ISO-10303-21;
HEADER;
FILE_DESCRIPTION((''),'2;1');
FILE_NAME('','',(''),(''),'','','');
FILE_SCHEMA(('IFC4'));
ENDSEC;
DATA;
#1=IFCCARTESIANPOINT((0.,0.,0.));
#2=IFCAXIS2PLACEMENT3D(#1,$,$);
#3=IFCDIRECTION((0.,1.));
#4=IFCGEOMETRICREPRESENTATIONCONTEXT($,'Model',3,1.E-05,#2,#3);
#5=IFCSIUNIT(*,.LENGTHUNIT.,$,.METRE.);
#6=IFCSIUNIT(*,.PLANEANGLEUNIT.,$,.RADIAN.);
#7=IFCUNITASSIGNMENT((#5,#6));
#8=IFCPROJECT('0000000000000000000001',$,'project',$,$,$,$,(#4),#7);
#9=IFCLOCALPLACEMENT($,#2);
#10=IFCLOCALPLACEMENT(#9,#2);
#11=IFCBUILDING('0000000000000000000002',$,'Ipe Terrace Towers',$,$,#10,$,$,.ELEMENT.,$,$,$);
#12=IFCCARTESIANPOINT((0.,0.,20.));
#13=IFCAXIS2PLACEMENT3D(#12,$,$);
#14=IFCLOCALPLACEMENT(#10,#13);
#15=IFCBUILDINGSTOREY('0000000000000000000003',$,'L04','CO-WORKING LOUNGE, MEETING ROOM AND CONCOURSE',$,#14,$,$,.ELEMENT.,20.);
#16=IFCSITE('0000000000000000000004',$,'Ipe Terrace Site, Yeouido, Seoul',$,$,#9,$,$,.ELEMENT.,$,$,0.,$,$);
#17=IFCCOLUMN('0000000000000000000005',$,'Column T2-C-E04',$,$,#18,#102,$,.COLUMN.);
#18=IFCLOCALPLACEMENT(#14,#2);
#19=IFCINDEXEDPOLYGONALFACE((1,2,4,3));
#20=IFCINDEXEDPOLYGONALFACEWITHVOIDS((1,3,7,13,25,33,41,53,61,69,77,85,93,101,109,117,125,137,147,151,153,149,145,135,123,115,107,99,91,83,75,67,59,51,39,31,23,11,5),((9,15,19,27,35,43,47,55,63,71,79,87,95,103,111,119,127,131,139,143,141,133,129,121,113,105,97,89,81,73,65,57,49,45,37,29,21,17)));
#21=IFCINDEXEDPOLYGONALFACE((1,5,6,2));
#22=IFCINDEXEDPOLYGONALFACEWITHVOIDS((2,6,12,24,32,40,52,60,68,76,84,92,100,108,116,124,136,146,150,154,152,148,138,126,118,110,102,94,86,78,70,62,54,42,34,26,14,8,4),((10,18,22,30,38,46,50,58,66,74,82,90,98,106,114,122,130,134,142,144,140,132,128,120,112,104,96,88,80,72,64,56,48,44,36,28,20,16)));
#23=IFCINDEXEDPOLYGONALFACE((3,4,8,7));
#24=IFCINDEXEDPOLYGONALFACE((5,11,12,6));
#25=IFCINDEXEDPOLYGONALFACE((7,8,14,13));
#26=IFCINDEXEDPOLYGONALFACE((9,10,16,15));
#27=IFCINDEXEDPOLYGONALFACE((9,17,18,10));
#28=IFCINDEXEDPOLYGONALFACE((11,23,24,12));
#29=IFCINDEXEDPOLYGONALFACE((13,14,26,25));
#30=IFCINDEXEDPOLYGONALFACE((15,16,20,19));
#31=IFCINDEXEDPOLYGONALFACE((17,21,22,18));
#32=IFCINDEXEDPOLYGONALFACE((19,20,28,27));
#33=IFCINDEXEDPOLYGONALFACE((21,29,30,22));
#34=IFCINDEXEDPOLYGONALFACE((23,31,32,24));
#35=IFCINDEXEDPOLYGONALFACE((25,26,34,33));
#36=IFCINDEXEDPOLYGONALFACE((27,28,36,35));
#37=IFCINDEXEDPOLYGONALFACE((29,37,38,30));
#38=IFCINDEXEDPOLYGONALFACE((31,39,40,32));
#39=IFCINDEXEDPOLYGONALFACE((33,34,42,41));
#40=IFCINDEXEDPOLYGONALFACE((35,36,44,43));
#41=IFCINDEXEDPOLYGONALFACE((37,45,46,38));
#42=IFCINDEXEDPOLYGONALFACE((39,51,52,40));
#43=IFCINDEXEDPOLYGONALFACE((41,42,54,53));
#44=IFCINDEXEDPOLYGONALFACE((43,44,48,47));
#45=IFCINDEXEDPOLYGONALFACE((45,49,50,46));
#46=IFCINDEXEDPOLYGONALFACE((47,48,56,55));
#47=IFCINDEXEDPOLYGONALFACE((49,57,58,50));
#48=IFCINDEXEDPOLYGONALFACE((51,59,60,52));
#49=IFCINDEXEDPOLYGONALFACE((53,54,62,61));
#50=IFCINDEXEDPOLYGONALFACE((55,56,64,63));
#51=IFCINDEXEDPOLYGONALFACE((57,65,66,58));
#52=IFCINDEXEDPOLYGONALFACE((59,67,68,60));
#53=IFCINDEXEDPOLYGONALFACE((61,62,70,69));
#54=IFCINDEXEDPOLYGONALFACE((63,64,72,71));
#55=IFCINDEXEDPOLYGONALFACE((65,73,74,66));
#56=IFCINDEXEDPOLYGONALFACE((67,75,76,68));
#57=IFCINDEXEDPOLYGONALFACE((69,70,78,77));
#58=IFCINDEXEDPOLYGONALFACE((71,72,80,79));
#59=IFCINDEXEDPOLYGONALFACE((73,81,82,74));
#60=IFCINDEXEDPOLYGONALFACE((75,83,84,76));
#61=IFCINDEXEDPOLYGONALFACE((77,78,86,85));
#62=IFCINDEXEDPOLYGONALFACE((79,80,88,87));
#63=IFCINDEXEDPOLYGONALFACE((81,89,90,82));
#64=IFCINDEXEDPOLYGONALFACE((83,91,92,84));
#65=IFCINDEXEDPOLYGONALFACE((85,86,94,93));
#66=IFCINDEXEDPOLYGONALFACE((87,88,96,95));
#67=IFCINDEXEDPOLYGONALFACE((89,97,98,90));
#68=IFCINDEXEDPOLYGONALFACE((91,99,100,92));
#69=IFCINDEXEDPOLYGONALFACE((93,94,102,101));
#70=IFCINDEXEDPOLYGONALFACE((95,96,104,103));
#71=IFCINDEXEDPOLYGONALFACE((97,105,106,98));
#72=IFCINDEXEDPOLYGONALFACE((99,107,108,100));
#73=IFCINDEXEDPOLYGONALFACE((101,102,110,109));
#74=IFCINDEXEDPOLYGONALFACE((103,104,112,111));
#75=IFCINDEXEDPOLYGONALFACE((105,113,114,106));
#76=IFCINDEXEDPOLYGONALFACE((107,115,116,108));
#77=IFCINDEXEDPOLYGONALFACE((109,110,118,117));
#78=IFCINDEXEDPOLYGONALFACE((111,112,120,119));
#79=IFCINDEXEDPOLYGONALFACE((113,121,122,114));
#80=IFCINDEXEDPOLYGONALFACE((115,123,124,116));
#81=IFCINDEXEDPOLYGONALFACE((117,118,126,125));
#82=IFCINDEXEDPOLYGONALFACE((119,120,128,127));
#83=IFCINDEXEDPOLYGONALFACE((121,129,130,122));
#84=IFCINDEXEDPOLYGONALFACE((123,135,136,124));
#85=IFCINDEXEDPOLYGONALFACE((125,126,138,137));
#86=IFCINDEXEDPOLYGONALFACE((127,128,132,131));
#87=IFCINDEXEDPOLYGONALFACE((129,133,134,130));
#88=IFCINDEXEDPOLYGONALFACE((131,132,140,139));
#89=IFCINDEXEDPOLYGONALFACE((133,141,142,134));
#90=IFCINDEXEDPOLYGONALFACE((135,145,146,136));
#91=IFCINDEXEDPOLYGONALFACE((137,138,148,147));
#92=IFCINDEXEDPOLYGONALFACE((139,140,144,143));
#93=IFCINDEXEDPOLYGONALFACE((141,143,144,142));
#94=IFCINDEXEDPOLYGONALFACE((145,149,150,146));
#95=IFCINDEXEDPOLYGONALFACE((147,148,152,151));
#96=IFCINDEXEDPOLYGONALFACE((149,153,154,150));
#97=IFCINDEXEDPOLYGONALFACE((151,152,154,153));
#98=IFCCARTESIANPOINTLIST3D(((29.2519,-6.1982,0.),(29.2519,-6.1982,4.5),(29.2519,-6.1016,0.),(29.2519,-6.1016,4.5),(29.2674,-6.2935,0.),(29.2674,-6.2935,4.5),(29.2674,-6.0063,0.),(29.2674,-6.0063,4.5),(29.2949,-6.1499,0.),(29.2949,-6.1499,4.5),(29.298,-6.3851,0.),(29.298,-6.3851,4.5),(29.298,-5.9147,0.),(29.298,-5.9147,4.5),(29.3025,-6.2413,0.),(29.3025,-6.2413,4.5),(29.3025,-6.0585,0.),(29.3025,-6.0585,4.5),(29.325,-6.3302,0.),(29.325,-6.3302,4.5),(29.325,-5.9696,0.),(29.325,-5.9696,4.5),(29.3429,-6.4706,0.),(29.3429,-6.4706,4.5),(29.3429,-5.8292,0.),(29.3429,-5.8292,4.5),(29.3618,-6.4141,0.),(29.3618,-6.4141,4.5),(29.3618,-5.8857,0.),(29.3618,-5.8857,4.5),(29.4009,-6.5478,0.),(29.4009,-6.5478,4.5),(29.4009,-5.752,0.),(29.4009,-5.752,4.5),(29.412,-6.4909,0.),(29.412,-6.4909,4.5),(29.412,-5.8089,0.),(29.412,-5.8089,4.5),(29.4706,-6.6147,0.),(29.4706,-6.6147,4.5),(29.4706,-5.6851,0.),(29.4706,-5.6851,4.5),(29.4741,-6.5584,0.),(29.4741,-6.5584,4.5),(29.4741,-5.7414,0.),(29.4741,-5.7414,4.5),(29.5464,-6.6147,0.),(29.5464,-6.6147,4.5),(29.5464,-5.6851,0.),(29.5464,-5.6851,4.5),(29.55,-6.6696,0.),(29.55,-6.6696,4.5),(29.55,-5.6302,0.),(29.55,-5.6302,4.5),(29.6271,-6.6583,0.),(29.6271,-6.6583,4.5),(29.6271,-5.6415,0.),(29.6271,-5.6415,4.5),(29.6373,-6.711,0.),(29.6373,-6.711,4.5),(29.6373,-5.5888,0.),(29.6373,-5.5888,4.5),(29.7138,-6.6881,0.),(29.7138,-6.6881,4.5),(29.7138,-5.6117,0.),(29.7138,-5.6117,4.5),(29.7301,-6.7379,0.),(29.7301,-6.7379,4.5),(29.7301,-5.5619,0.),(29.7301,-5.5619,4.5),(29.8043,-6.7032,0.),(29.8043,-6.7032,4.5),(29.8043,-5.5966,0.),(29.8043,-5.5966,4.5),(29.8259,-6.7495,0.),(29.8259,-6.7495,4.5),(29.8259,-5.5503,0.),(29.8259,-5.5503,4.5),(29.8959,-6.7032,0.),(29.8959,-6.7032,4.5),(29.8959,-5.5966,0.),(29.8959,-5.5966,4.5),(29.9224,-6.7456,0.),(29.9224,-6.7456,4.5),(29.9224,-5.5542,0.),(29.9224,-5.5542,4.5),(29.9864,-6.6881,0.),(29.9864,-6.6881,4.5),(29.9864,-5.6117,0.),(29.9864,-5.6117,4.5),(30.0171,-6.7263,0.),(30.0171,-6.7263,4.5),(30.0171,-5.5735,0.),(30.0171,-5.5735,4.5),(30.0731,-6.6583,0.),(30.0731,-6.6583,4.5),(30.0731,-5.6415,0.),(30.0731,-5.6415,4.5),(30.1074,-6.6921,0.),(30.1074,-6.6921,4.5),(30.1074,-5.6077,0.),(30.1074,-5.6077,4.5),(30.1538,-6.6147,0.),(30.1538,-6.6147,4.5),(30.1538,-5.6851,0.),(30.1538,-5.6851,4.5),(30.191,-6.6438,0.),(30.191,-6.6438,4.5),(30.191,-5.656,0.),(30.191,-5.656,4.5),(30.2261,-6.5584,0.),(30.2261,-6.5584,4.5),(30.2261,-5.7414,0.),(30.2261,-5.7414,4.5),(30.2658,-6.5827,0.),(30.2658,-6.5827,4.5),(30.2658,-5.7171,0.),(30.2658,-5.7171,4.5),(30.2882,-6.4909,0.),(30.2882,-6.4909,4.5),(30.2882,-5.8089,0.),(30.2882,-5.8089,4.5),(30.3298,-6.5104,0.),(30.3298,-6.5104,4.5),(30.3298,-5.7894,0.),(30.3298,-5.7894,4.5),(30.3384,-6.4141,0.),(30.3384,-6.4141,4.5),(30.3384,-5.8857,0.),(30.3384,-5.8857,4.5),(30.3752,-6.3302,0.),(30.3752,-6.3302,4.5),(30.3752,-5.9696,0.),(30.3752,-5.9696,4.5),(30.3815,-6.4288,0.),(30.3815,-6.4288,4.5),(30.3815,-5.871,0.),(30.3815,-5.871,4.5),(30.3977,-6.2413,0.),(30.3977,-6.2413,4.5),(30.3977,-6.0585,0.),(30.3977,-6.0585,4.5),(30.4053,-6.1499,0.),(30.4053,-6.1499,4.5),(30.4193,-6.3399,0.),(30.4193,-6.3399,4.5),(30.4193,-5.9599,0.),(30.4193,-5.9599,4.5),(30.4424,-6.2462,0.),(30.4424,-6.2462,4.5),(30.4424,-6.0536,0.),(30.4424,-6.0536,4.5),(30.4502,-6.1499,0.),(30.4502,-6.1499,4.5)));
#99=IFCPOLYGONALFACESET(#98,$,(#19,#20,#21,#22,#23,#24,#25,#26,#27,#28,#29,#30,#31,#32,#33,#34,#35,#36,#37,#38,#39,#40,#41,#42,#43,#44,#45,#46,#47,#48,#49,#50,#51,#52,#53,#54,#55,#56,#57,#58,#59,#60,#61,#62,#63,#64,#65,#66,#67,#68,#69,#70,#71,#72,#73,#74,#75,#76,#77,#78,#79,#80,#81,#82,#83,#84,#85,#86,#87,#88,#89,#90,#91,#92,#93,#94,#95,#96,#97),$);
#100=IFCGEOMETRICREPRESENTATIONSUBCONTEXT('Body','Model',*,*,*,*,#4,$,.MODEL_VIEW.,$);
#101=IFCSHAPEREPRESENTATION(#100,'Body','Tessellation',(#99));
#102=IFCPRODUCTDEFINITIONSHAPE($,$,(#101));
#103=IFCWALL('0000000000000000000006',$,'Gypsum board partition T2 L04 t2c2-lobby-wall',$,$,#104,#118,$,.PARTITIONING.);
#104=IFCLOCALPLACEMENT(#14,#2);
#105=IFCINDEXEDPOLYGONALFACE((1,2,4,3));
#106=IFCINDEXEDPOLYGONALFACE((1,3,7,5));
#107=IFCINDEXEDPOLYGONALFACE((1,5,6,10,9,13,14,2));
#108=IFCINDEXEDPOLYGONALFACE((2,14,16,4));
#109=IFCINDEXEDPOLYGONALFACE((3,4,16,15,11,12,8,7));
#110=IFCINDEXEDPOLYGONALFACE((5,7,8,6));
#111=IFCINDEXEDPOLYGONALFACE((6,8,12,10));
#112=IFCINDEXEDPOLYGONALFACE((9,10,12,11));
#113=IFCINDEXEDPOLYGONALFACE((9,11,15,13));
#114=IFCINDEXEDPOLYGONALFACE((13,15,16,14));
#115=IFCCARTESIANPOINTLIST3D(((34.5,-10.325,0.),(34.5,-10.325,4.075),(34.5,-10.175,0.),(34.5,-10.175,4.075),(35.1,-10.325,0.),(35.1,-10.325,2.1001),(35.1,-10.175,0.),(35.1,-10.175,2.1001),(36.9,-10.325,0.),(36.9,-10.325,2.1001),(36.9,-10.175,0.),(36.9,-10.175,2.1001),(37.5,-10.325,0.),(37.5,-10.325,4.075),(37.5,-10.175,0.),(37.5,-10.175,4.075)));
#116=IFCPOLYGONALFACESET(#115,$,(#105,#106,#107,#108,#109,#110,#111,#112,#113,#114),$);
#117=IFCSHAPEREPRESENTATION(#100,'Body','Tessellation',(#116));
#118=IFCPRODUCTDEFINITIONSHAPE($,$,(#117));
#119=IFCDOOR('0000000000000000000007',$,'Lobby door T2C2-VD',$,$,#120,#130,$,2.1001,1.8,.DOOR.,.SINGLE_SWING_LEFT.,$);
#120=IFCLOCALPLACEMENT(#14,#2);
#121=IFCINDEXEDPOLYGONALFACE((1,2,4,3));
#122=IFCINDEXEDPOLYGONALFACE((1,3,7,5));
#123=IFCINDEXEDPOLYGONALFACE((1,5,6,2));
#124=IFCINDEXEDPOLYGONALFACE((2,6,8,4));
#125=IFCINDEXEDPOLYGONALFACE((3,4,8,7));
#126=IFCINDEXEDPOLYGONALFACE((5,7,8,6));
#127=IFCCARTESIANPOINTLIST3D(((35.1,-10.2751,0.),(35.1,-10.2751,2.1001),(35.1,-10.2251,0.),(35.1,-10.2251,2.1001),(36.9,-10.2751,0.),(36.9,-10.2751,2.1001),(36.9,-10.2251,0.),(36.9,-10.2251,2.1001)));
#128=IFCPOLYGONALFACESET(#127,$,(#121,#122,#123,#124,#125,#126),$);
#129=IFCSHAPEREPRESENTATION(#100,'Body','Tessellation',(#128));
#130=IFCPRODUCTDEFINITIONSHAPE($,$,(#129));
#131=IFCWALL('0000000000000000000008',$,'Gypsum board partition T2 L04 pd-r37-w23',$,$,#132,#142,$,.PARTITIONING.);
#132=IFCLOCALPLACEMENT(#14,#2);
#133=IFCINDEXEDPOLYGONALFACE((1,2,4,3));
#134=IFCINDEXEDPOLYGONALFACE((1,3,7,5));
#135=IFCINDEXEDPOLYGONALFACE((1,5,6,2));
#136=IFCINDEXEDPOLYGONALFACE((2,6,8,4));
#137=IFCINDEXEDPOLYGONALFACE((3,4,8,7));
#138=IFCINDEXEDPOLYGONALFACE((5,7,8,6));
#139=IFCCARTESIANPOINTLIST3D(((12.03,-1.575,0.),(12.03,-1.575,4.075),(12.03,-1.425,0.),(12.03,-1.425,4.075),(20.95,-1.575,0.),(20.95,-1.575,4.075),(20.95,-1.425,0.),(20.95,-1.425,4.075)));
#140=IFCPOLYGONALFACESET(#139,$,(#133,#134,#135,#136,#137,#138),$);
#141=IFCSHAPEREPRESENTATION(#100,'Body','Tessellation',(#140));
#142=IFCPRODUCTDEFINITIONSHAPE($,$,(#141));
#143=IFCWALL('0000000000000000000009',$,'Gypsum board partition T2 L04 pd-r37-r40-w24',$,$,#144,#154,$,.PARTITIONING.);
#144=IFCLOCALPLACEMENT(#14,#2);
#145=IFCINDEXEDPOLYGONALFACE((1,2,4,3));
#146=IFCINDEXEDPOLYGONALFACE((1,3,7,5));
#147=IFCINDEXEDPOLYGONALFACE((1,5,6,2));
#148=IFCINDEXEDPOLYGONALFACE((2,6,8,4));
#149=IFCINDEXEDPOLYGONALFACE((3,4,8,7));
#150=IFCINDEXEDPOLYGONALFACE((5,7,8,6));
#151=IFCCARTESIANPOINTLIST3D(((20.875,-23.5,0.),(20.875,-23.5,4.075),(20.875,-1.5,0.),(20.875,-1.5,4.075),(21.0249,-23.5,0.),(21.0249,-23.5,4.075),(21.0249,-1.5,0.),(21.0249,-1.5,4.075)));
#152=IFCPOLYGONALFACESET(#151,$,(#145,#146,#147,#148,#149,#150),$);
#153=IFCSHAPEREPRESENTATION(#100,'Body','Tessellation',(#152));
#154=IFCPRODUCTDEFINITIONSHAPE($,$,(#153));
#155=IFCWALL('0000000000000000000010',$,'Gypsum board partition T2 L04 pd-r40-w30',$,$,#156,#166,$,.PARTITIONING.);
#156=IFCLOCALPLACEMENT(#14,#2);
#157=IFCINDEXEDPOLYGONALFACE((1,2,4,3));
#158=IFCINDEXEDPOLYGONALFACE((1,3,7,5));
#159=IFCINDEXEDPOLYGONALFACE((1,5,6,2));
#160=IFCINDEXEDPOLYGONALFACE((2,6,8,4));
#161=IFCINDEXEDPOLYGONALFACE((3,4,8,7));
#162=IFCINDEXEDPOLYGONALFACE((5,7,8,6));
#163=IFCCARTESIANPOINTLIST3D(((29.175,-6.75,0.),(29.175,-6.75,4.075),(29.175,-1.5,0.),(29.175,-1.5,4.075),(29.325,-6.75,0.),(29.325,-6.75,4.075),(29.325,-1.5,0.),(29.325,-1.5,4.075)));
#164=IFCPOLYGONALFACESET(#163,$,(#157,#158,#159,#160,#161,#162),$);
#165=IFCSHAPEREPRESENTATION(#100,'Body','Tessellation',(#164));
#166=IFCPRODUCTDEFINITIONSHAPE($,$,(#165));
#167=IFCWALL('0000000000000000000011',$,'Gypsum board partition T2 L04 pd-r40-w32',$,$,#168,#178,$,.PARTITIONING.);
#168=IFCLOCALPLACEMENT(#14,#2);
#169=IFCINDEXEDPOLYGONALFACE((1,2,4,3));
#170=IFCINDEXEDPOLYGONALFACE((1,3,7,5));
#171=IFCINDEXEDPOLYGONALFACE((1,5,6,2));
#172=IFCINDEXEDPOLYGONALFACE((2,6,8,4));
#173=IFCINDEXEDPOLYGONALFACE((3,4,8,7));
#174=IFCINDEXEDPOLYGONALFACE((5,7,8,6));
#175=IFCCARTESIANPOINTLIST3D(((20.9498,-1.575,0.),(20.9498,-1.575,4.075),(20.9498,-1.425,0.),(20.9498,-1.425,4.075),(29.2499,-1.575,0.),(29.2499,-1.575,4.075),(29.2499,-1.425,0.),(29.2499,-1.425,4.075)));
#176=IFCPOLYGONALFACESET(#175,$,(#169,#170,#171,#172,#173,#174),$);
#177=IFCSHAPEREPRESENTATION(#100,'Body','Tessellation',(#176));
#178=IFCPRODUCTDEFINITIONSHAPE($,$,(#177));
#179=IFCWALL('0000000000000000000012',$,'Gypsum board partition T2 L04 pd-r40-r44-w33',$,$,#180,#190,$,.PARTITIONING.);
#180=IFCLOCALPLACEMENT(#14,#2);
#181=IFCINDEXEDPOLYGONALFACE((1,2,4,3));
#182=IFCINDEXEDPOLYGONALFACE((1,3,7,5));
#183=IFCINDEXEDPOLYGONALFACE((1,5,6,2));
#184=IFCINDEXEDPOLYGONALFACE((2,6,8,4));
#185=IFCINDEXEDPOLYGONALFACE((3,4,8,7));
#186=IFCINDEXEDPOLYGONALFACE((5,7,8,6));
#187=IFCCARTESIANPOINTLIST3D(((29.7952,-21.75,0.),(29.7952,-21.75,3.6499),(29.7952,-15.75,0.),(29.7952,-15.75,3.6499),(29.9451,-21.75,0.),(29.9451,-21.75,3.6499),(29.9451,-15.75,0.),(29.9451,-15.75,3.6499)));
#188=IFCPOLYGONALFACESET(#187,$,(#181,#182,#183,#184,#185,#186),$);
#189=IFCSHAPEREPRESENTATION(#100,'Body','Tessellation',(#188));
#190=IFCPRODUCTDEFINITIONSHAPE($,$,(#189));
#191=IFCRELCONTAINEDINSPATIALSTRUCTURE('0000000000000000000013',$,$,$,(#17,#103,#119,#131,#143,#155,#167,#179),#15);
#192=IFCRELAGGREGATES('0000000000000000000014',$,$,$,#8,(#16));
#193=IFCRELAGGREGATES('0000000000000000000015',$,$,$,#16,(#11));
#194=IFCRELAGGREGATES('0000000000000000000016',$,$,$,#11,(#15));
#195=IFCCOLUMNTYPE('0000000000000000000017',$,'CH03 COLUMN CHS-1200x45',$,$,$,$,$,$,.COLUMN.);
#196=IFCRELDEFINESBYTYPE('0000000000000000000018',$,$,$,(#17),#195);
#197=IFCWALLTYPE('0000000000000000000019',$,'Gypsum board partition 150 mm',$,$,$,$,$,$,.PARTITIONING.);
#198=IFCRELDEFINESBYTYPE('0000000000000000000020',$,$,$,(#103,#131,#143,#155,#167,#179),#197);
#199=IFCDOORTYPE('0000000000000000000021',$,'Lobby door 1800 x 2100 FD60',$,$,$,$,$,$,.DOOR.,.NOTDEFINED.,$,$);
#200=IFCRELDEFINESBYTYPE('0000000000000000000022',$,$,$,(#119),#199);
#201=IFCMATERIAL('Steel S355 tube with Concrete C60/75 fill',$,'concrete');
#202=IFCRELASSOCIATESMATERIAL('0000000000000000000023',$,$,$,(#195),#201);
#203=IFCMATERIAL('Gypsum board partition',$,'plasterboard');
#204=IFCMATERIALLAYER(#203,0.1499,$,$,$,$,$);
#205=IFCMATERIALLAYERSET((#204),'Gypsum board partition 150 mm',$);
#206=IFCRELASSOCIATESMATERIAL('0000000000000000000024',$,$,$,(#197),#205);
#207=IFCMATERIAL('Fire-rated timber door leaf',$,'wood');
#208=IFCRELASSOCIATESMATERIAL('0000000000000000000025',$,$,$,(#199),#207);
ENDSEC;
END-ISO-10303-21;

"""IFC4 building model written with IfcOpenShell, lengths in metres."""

from ifc_helpers import new_model, si_unit, direction, frame, frame_2d, origin, origin_2d, place, context, subcontext, project, spatial, rectangle, hollow_circle, extrude, material, layer, layer_set, material_profile, profile_set, type_object, element, fill, save


model = new_model("IFC4")

# Units and contexts
model_context = context("Model", 3, precision=1e-05, world=origin(), true_north=direction((0.0, 1.0)))
body_context = subcontext(model_context, "Body", "Model", "MODEL_VIEW")
ifc_project = project(units=[si_unit("LENGTHUNIT", "METRE"), si_unit("PLANEANGLEUNIT", "RADIAN")], contexts=[model_context])

# Site, building, storey
site_placement = place(None, origin())
site = spatial("IfcSite", under=ifc_project, at=site_placement, Name="Ipe Terrace Site, Yeouido, Seoul", CompositionType="ELEMENT", RefElevation=0.0)
building_placement = place(site_placement, origin())
building = spatial("IfcBuilding", under=site, at=building_placement, Name="Ipe Terrace Towers", CompositionType="ELEMENT")
storey_placement = place(building_placement, frame((0.0, 0.0, 20.0)))
storey = spatial("IfcBuildingStorey", under=building, at=storey_placement, Name="L04", Description="CO-WORKING LOUNGE, MEETING ROOM AND CONCOURSE", CompositionType="ELEMENT", Elevation=20.0)

# Column
ifc_material_1 = material(Name="Steel S355 tube with Concrete C60/75 fill", Category="concrete")
ifc_material_profile_1 = material_profile(ifc_material_1, hollow_circle(Radius=0.6001, WallThickness=0.0449, at=origin_2d()), Name="CHS-1200x45")
ifc_profile_set_1 = profile_set([ifc_material_profile_1], Name="Steel S355 tube with Concrete C60/75 fill")
column_type_1 = type_object("IfcColumnType", Name="CH03 COLUMN CHS-1200x45", PredefinedType="COLUMN", material=ifc_profile_set_1)
column_placement = place(storey_placement, frame((29.8501, -6.1499, 0.0), z_axis=(0.0, 0.0, 1.0), x_axis=(1.0, 0.0, 0.0)))
element("IfcColumn", 1, at=column_placement, inside=storey, type_object=column_type_1, Name="Column T2-C-E04", PredefinedType="COLUMN", context=body_context, shape_type="SweptSolid", body=[
    extrude(hollow_circle(Radius=0.6001, WallThickness=0.0449, at=origin_2d()), origin(), (0.0, 0.0, 1.0), 4.5),
])

# Wall, opening, door
ifc_material_2 = material(Name="Gypsum board partition", Category="plasterboard")
ifc_layer_1 = layer(ifc_material_2, 0.1499)
ifc_layer_set_1 = layer_set([ifc_layer_1], Name="Gypsum board partition 150 mm")
wall_type_1 = type_object("IfcWallType", Name="Gypsum board partition 150 mm", PredefinedType="PARTITIONING", material=ifc_layer_set_1)
wall_1_placement = place(storey_placement, frame((34.5, -10.25, 0.0), z_axis=(0.0, 0.0, 1.0), x_axis=(1.0, 0.0, 0.0)))
wall_1 = element("IfcWall", 2, at=wall_1_placement, inside=storey, type_object=wall_type_1, Name="Gypsum board partition T2 L04 t2c2-lobby-wall", PredefinedType="PARTITIONING", context=body_context, shape_type="SweptSolid", body=[
    extrude(rectangle(XDim=3.0, YDim=0.1499, at=frame_2d((1.5, 0.0))), origin(), (0.0, 0.0, 1.0), 4.075),
])
opening_1_placement = place(wall_1_placement, frame((0.6001, 0.0, 0.0)))
opening_1 = element("IfcOpeningElement", 3, at=opening_1_placement, cuts=wall_1, PredefinedType="OPENING", context=body_context, shape_type="SweptSolid", body=[
    extrude(rectangle(XDim=1.8, YDim=2.1001, at=frame_2d((0.8999, 1.05))), frame((0.0, 0.085, 0.0), z_axis=(0.0, -1.0, 0.0), x_axis=(1.0, 0.0, 0.0)), (0.0, 0.0, 1.0), 0.1699),
])
ifc_material_3 = material(Name="Fire-rated timber door leaf", Category="wood")
door_type_1 = type_object("IfcDoorType", Name="Lobby door 1800 x 2100 FD60", OperationType="NOTDEFINED", PredefinedType="DOOR", material=ifc_material_3)
door_1_placement = place(opening_1_placement, origin())
door_1 = element("IfcDoor", 4, at=door_1_placement, inside=storey, type_object=door_type_1, Name="Lobby door T2C2-VD", OperationType="SINGLE_SWING_LEFT", OverallHeight=2.1001, OverallWidth=1.8, PredefinedType="DOOR", context=body_context, shape_type="SweptSolid", body=[
    extrude(rectangle(XDim=1.8, YDim=2.1001, at=frame_2d((0.8999, 1.05))), frame((0.0, 0.0249, 0.0), z_axis=(0.0, -1.0, 0.0), x_axis=(1.0, 0.0, 0.0)), (0.0, 0.0, 1.0), 0.05),
])
fill(opening_1, door_1)

# Walls
wall_2_placement = place(storey_placement, frame((12.03, -1.5, 0.0), z_axis=(0.0, 0.0, 1.0), x_axis=(1.0, 0.0, 0.0)))
element("IfcWall", 5, at=wall_2_placement, inside=storey, type_object=wall_type_1, Name="Gypsum board partition T2 L04 pd-r37-w23", PredefinedType="PARTITIONING", context=body_context, shape_type="SweptSolid", body=[
    extrude(rectangle(XDim=8.9199, YDim=0.1499, at=frame_2d((4.46, 0.0))), origin(), (0.0, 0.0, 1.0), 4.075),
])
wall_3_placement = place(storey_placement, frame((20.95, -1.5, 0.0), z_axis=(0.0, 0.0, 1.0), x_axis=(0.0, -1.0, 0.0)))
element("IfcWall", 6, at=wall_3_placement, inside=storey, type_object=wall_type_1, Name="Gypsum board partition T2 L04 pd-r37-r40-w24", PredefinedType="PARTITIONING", context=body_context, shape_type="SweptSolid", body=[
    extrude(rectangle(XDim=22.0, YDim=0.1499, at=frame_2d((11.0, 0.0))), origin(), (0.0, 0.0, 1.0), 4.075),
])
wall_4_placement = place(storey_placement, frame((29.25, -1.5, 0.0), z_axis=(0.0, 0.0, 1.0), x_axis=(0.0, -1.0, 0.0)))
element("IfcWall", 7, at=wall_4_placement, inside=storey, type_object=wall_type_1, Name="Gypsum board partition T2 L04 pd-r40-w30", PredefinedType="PARTITIONING", context=body_context, shape_type="SweptSolid", body=[
    extrude(rectangle(XDim=5.25, YDim=0.1499, at=frame_2d((2.625, 0.0))), origin(), (0.0, 0.0, 1.0), 4.075),
])
wall_5_placement = place(storey_placement, frame((20.95, -1.5, 0.0), z_axis=(0.0, 0.0, 1.0), x_axis=(1.0, 0.0, 0.0)))
element("IfcWall", 8, at=wall_5_placement, inside=storey, type_object=wall_type_1, Name="Gypsum board partition T2 L04 pd-r40-w32", PredefinedType="PARTITIONING", context=body_context, shape_type="SweptSolid", body=[
    extrude(rectangle(XDim=8.3, YDim=0.1499, at=frame_2d((4.1499, 0.0))), origin(), (0.0, 0.0, 1.0), 4.075),
])
wall_6_placement = place(storey_placement, frame((29.8701, -15.75, 0.0), z_axis=(0.0, 0.0, 1.0), x_axis=(0.0, -1.0, 0.0)))
element("IfcWall", 9, at=wall_6_placement, inside=storey, type_object=wall_type_1, Name="Gypsum board partition T2 L04 pd-r40-r44-w33", PredefinedType="PARTITIONING", context=body_context, shape_type="SweptSolid", body=[
    extrude(rectangle(XDim=6.0, YDim=0.1499, at=frame_2d((3.0, 0.0))), origin(), (0.0, 0.0, 1.0), 3.6499),
])

save(model, "model.ifc")
